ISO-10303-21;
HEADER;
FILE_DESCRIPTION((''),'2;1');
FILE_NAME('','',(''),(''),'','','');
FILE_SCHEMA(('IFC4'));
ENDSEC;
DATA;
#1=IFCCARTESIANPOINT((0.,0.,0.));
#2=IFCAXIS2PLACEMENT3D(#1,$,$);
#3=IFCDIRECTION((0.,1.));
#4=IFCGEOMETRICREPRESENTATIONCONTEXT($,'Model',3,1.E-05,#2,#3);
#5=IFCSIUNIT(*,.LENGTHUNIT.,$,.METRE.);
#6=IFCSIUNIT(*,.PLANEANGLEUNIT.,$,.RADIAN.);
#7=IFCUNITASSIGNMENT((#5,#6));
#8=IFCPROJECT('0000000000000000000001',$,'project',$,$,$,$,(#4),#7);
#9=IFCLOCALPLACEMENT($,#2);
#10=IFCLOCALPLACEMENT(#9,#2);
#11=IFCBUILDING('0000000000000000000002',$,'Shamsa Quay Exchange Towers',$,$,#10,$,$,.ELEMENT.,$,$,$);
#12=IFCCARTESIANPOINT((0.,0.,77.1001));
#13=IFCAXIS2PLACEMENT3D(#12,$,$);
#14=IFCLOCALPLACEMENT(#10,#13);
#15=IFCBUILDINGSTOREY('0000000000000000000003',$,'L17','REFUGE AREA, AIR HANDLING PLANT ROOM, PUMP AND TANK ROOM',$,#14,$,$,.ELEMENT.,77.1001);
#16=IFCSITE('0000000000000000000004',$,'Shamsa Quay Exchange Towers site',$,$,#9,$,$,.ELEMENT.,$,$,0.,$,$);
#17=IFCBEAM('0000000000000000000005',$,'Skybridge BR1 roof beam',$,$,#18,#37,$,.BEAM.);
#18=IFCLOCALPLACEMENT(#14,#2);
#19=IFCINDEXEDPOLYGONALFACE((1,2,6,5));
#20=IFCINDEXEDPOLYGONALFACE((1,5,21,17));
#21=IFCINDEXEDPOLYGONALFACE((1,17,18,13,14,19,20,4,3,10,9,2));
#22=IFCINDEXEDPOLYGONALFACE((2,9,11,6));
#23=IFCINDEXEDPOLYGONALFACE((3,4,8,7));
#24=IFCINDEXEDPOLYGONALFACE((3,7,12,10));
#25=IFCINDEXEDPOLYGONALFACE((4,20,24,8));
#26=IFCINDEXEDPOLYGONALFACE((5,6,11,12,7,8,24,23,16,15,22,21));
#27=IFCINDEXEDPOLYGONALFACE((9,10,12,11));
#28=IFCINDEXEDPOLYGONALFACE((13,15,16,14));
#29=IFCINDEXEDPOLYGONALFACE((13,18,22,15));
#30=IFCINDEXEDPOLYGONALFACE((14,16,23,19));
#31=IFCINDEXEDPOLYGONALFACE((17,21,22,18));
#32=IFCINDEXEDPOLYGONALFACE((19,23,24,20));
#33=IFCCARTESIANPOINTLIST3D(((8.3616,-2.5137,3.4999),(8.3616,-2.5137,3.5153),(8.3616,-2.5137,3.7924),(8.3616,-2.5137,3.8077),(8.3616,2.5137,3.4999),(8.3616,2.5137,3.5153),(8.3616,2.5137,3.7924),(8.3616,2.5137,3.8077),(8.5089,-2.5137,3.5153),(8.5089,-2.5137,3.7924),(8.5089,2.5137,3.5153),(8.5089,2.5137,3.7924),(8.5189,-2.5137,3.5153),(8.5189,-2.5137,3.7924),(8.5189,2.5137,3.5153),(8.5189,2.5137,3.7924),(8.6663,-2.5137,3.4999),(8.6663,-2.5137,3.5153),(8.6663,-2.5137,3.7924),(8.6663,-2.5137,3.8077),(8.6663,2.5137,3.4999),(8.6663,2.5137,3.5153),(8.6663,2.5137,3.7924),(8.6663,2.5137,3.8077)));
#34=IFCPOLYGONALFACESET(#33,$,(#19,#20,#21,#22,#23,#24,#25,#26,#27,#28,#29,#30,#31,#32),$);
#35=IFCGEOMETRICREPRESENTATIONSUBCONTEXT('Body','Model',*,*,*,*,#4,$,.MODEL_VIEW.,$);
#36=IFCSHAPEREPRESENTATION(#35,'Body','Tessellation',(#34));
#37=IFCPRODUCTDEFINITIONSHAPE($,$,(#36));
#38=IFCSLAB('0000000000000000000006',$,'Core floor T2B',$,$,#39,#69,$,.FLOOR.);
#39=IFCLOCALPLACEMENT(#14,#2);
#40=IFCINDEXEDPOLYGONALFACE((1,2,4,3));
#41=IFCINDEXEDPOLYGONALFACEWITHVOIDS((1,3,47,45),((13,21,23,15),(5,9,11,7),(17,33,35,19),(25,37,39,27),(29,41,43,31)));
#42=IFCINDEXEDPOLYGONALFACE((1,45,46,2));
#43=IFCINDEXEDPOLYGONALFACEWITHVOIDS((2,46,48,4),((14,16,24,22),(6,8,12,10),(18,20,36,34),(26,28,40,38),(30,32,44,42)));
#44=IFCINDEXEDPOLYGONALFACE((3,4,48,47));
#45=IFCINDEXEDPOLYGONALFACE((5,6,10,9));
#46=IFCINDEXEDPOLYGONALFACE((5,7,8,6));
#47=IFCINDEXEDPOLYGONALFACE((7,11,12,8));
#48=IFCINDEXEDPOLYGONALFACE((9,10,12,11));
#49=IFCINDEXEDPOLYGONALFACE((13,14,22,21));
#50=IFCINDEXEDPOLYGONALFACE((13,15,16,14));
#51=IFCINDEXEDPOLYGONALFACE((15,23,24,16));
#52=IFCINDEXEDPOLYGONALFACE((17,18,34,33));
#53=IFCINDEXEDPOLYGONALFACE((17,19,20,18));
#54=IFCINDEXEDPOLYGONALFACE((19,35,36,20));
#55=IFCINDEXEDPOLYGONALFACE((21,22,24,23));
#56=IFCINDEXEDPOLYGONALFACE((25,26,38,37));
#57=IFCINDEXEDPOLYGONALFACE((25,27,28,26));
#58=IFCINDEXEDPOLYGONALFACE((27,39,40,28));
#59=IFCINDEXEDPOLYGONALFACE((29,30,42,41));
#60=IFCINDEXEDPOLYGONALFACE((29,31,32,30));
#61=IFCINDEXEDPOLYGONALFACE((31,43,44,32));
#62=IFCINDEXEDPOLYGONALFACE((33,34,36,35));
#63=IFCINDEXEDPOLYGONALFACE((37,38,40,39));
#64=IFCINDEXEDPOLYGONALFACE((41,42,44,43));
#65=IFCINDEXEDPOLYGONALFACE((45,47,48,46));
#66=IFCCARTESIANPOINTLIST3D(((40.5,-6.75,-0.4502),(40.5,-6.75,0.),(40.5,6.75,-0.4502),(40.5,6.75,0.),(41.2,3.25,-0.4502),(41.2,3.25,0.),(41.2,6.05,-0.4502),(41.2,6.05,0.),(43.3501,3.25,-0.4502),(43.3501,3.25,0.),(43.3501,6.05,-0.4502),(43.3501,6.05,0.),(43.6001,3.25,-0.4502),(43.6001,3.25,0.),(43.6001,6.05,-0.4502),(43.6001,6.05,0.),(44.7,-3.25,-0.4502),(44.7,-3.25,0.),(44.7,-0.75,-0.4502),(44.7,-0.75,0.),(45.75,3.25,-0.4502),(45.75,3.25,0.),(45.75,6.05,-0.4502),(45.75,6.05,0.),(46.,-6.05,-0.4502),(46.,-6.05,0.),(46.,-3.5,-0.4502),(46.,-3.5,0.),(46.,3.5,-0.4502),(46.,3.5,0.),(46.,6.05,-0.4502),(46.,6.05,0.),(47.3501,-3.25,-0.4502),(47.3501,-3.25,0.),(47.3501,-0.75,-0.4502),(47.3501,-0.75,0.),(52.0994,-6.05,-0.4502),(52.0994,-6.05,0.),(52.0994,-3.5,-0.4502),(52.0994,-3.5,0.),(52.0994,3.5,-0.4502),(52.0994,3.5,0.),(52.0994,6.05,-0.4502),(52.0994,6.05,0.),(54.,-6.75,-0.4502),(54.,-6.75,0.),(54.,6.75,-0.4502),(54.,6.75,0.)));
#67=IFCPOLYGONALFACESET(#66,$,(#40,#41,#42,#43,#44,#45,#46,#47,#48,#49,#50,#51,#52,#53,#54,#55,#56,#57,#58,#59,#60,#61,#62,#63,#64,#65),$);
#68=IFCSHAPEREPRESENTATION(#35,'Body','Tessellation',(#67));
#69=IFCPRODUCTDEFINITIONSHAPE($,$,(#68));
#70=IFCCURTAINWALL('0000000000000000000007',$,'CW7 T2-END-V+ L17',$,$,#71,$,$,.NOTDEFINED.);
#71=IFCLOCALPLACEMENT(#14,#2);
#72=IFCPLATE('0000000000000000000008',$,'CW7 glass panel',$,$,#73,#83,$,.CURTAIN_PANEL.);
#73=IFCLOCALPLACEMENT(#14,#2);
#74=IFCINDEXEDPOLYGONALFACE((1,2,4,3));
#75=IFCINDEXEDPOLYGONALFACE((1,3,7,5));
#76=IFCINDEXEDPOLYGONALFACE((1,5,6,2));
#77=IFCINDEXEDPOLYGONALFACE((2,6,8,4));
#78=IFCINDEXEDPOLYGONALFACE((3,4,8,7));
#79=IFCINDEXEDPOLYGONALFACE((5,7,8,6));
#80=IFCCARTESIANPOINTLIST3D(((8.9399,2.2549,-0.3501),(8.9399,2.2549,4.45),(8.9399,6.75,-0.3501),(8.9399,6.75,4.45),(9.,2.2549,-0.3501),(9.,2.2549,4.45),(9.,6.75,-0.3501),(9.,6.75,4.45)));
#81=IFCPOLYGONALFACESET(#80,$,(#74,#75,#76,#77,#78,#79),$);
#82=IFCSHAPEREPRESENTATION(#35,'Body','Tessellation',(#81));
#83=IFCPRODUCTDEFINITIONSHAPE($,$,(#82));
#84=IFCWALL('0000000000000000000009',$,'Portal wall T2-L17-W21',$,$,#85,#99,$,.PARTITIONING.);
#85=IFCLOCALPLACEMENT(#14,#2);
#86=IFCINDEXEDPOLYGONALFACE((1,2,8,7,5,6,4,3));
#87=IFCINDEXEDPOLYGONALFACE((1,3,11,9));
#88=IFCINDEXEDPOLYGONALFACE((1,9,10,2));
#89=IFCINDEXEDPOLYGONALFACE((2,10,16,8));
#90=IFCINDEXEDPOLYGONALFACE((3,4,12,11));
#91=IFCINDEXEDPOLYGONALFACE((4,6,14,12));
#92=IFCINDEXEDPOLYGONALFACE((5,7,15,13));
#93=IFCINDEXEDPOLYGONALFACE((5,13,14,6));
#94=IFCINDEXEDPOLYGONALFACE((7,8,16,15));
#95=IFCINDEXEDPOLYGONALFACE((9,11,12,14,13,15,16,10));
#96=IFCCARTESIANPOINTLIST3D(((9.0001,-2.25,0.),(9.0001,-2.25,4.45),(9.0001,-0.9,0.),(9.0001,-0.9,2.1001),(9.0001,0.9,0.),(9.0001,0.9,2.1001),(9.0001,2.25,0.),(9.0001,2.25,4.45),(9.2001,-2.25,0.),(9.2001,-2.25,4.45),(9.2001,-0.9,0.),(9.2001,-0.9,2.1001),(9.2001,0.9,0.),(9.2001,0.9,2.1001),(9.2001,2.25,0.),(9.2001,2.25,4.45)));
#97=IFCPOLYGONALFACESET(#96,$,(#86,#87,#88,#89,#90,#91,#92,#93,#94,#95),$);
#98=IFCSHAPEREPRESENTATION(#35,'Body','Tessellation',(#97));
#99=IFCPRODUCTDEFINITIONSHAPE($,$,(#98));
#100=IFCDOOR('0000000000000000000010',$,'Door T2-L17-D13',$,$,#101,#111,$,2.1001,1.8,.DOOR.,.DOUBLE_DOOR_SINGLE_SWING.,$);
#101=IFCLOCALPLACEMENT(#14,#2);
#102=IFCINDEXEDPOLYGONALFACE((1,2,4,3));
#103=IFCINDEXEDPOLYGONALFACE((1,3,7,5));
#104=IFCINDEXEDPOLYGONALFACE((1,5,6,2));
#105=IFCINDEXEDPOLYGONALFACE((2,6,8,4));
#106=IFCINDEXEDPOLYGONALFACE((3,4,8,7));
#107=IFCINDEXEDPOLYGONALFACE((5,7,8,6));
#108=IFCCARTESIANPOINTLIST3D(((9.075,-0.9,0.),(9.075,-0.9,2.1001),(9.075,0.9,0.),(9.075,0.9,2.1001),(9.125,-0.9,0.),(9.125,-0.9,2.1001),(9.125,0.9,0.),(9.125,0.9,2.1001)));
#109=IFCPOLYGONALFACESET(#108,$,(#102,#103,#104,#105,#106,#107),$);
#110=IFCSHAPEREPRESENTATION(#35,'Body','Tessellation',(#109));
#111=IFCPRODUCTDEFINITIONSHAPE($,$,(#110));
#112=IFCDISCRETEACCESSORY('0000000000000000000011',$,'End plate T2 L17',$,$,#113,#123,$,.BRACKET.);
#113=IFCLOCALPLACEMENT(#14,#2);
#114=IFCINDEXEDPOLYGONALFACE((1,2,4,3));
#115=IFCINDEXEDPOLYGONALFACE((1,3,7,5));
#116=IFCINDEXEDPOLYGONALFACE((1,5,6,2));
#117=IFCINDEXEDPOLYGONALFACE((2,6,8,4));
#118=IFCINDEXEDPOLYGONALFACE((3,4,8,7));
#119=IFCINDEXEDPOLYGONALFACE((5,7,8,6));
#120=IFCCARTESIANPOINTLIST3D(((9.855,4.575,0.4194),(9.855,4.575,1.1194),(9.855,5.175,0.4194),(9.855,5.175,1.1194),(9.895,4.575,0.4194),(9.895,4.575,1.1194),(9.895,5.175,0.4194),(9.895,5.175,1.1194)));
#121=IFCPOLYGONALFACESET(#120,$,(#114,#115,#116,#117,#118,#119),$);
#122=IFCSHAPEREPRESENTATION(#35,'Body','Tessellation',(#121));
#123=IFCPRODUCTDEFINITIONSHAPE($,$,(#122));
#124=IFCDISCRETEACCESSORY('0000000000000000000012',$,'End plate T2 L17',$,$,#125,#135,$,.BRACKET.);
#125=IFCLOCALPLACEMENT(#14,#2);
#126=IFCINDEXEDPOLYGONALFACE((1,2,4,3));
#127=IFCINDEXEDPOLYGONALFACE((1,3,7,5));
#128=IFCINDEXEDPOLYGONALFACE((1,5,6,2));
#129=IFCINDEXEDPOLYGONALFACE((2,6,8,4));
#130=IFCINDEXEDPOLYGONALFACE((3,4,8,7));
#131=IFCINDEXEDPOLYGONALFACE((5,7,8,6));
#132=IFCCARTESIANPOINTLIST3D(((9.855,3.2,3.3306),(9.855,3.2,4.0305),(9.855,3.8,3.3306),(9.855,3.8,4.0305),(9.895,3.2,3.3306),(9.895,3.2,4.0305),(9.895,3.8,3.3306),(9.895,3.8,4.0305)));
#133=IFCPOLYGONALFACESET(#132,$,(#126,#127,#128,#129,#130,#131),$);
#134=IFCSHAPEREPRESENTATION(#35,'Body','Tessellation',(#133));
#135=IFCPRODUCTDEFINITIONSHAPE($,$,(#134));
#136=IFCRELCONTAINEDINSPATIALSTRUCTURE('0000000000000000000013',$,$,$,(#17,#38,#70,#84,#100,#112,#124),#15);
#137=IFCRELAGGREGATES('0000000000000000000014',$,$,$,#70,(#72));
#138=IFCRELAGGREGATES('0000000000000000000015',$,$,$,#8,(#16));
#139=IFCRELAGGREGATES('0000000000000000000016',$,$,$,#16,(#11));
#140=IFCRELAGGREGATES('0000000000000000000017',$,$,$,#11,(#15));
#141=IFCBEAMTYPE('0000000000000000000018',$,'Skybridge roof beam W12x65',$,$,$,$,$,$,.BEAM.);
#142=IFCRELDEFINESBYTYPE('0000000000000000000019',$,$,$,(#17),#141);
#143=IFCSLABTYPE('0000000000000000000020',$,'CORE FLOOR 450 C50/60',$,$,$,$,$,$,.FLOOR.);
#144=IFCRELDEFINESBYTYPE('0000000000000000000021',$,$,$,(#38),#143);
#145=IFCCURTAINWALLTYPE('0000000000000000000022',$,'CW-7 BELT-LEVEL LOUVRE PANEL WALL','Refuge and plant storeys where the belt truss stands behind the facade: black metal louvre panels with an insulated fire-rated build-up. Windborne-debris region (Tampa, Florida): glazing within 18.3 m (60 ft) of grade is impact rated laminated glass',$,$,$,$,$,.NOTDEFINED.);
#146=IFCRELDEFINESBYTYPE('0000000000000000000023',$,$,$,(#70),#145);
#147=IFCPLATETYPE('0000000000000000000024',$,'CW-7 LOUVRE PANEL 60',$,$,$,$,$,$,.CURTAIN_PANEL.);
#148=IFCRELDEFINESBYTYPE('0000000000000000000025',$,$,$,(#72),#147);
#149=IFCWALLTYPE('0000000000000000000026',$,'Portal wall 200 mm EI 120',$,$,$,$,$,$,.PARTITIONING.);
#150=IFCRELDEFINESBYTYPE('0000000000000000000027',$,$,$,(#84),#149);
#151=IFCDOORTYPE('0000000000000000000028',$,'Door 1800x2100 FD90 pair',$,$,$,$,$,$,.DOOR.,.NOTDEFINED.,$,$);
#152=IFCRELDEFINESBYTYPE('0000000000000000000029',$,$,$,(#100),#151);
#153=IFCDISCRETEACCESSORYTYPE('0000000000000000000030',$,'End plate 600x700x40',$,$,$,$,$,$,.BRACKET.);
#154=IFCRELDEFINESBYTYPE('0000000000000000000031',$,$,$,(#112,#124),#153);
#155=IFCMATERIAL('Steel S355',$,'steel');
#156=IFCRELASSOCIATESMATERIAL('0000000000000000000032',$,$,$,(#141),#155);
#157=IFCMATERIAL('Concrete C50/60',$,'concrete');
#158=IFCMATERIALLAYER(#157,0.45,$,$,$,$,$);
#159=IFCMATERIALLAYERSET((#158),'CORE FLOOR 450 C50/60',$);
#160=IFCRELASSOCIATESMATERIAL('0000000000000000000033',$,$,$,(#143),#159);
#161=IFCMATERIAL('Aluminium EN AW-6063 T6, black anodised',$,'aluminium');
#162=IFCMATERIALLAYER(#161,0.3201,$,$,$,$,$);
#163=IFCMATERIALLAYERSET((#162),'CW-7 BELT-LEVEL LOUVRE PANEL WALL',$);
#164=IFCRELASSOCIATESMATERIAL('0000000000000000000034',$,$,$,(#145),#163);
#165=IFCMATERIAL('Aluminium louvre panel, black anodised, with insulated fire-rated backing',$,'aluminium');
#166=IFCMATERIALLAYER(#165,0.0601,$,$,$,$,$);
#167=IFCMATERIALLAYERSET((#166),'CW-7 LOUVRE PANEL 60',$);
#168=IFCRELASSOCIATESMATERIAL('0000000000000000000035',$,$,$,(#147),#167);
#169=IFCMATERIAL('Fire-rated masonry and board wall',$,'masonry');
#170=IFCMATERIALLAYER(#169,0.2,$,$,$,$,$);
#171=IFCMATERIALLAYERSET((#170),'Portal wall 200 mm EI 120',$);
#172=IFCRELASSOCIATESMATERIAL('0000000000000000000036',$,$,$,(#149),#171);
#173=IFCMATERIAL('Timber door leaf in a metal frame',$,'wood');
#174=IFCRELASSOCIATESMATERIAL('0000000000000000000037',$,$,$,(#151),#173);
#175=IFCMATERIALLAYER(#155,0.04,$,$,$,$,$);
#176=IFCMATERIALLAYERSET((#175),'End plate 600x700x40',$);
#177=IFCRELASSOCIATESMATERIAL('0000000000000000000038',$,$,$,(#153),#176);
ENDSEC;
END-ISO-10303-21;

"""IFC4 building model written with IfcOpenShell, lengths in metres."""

from ifc_helpers import new_model, si_unit, direction, frame, frame_2d, origin, origin_2d, place, context, subcontext, project, spatial, polyline, rectangle, i_section, outline, extrude, material, layer, layer_set, material_profile, profile_set, type_object, element, fill, aggregate, save


model = new_model("IFC4")

# Units and contexts
model_context = context("Model", 3, precision=1e-05, world=origin(), true_north=direction((0.0, 1.0)))
body_context = subcontext(model_context, "Body", "Model", "MODEL_VIEW")
ifc_project = project(units=[si_unit("LENGTHUNIT", "METRE"), si_unit("PLANEANGLEUNIT", "RADIAN")], contexts=[model_context])

# Site, building, storey
site_placement = place(None, origin())
site = spatial("IfcSite", under=ifc_project, at=site_placement, Name="Shamsa Quay Exchange Towers site", CompositionType="ELEMENT", RefElevation=0.0)
building_placement = place(site_placement, origin())
building = spatial("IfcBuilding", under=site, at=building_placement, Name="Shamsa Quay Exchange Towers", CompositionType="ELEMENT")
storey_placement = place(building_placement, frame((0.0, 0.0, 77.1001)))
storey = spatial("IfcBuildingStorey", under=building, at=storey_placement, Name="L17", Description="REFUGE AREA, AIR HANDLING PLANT ROOM, PUMP AND TANK ROOM", CompositionType="ELEMENT", Elevation=77.1001)

# Shared definitions
ifc_material_1 = material(Name="Steel S355", Category="steel")

# Beam
ifc_material_profile_1 = material_profile(ifc_material_1, i_section(OverallWidth=0.3047, OverallDepth=0.3079, WebThickness=0.01, FlangeThickness=0.0154, at=origin_2d()), Name="W12x65")
ifc_profile_set_1 = profile_set([ifc_material_profile_1], Name="Steel S355")
beam_type_1 = type_object("IfcBeamType", Name="Skybridge roof beam W12x65", PredefinedType="BEAM", material=ifc_profile_set_1)
for number, where, z_axis, x_axis, name in (
    (1, (8.5139, -2.5137, 3.6538), (0.0, 1.0, 0.0), (-1.0, 0.0, 0.0), "Skybridge BR1 roof beam"),
):
    element("IfcBeam", number, at=place(storey_placement, frame(where, z_axis=z_axis, x_axis=x_axis)), inside=storey, type_object=beam_type_1, Name=name, PredefinedType="BEAM", context=body_context, shape_type="SweptSolid", body=[
        extrude(i_section(OverallWidth=0.3047, OverallDepth=0.3079, WebThickness=0.01, FlangeThickness=0.0154, at=origin_2d()), origin(), (0.0, 0.0, 1.0), 5.0273),
    ])

# Slab
ifc_material_2 = material(Name="Concrete C50/60", Category="concrete")
ifc_layer_1 = layer(ifc_material_2, 0.45)
ifc_layer_set_1 = layer_set([ifc_layer_1], Name="CORE FLOOR 450 C50/60")
slab_type = type_object("IfcSlabType", Name="CORE FLOOR 450 C50/60", PredefinedType="FLOOR", material=ifc_layer_set_1)
slab_placement = place(storey_placement, frame((0.0, 0.0, -0.4502)))
element("IfcSlab", 2, at=slab_placement, inside=storey, type_object=slab_type, Name="Core floor T2B", PredefinedType="FLOOR", context=body_context, shape_type="SweptSolid", body=[
    extrude(outline(polyline([(54.0, -6.75), (54.0, 6.75), (40.5, 6.75), (40.5, -6.75), (54.0, -6.75)]), holes=[polyline([(52.0994, -3.5), (52.0994, -6.05), (46.0, -6.05), (46.0, -3.5), (52.0994, -3.5)]), polyline([(52.0994, 6.05), (52.0994, 3.5), (46.0, 3.5), (46.0, 6.05), (52.0994, 6.05)]), polyline([(45.75, 3.25), (43.6001, 3.25), (43.6001, 6.05), (45.75, 6.05), (45.75, 3.25)]), polyline([(43.3501, 3.25), (41.2, 3.25), (41.2, 6.05), (43.3501, 6.05), (43.3501, 3.25)]), polyline([(47.3501, -3.25), (44.7, -3.25), (44.7, -0.75), (47.3501, -0.75), (47.3501, -3.25)])]), origin(), (0.0, 0.0, 1.0), 0.4502),
])

# Curtain wall, plate
ifc_material_3 = material(Name="Aluminium EN AW-6063 T6, black anodised", Category="aluminium")
ifc_layer_2 = layer(ifc_material_3, 0.3201)
ifc_layer_set_2 = layer_set([ifc_layer_2], Name="CW-7 BELT-LEVEL LOUVRE PANEL WALL")
curtain_wall_type = type_object("IfcCurtainWallType", Name="CW-7 BELT-LEVEL LOUVRE PANEL WALL", Description="Refuge and plant storeys where the belt truss stands behind the facade: black metal louvre panels with an insulated fire-rated build-up. Windborne-debris region (Tampa, Florida): glazing within 18.3 m (60 ft) of grade is impact rated laminated glass", PredefinedType="NOTDEFINED", material=ifc_layer_set_2)
curtain_wall_placement = place(storey_placement, origin())
curtain_wall = element("IfcCurtainWall", 3, at=curtain_wall_placement, inside=storey, type_object=curtain_wall_type, Name="CW7 T2-END-V+ L17", PredefinedType="NOTDEFINED")
ifc_material_4 = material(Name="Aluminium louvre panel, black anodised, with insulated fire-rated backing", Category="aluminium")
ifc_layer_3 = layer(ifc_material_4, 0.0601)
ifc_layer_set_3 = layer_set([ifc_layer_3], Name="CW-7 LOUVRE PANEL 60")
plate_type = type_object("IfcPlateType", Name="CW-7 LOUVRE PANEL 60", PredefinedType="CURTAIN_PANEL", material=ifc_layer_set_3)
plate_placement = place(storey_placement, frame((8.97, 4.5024, -0.3501), z_axis=(0.0, 0.0, 1.0), x_axis=(0.0, -1.0, 0.0)))
plate = element("IfcPlate", 4, at=plate_placement, type_object=plate_type, Name="CW7 glass panel", PredefinedType="CURTAIN_PANEL", context=body_context, shape_type="SweptSolid", body=[
    extrude(rectangle(XDim=4.4951, YDim=0.0601, at=origin_2d()), origin(), (0.0, 0.0, 1.0), 4.8),
])
aggregate(curtain_wall, [plate])

# Wall, opening, door
ifc_material_5 = material(Name="Fire-rated masonry and board wall", Category="masonry")
ifc_layer_4 = layer(ifc_material_5, 0.2)
ifc_layer_set_4 = layer_set([ifc_layer_4], Name="Portal wall 200 mm EI 120")
wall_type = type_object("IfcWallType", Name="Portal wall 200 mm EI 120", PredefinedType="PARTITIONING", material=ifc_layer_set_4)
wall_placement = place(storey_placement, frame((9.1001, 2.25, 0.0), z_axis=(0.0, 0.0, 1.0), x_axis=(0.0, -1.0, 0.0)))
wall = element("IfcWall", 5, at=wall_placement, inside=storey, type_object=wall_type, Name="Portal wall T2-L17-W21", PredefinedType="PARTITIONING", context=body_context, shape_type="SweptSolid", body=[
    extrude(rectangle(XDim=4.5, YDim=0.2, at=frame_2d((2.25, 0.0))), origin(), (0.0, 0.0, 1.0), 4.45),
])
opening_placement = place(wall_placement, frame((1.3501, 0.0, 0.0)))
opening = element("IfcOpeningElement", 6, at=opening_placement, cuts=wall, PredefinedType="OPENING", context=body_context, shape_type="SweptSolid", body=[
    extrude(rectangle(XDim=1.8, YDim=2.1001, at=frame_2d((0.8999, 1.05))), frame((0.0, 0.1099, 0.0), z_axis=(0.0, -1.0, 0.0), x_axis=(1.0, 0.0, 0.0)), (0.0, 0.0, 1.0), 0.22),
])
ifc_material_6 = material(Name="Timber door leaf in a metal frame", Category="wood")
door_type = type_object("IfcDoorType", Name="Door 1800x2100 FD90 pair", OperationType="NOTDEFINED", PredefinedType="DOOR", material=ifc_material_6)
door_placement = place(opening_placement, origin())
door = element("IfcDoor", 7, at=door_placement, inside=storey, type_object=door_type, Name="Door T2-L17-D13", OperationType="DOUBLE_DOOR_SINGLE_SWING", OverallHeight=2.1001, OverallWidth=1.8, PredefinedType="DOOR", context=body_context, shape_type="SweptSolid", body=[
    extrude(rectangle(XDim=1.8, YDim=2.1001, at=frame_2d((0.8999, 1.05))), frame((0.0, 0.0249, 0.0), z_axis=(0.0, -1.0, 0.0), x_axis=(1.0, 0.0, 0.0)), (0.0, 0.0, 1.0), 0.05),
])
fill(opening, door)

# Discrete accessories
ifc_layer_5 = layer(ifc_material_1, 0.04)
ifc_layer_set_5 = layer_set([ifc_layer_5], Name="End plate 600x700x40")
discrete_accessory_type = type_object("IfcDiscreteAccessoryType", Name="End plate 600x700x40", PredefinedType="BRACKET", material=ifc_layer_set_5)
for number, where, z_axis, x_axis, name in (
    (8, (9.875, 4.875, 0.4194), (0.0, 0.0, 1.0), (0.0, -1.0, 0.0), "End plate T2 L17"),
    (9, (9.875, 3.5, 3.3306), (0.0, 0.0, 1.0), (0.0, -1.0, 0.0), "End plate T2 L17"),
):
    element("IfcDiscreteAccessory", number, at=place(storey_placement, frame(where, z_axis=z_axis, x_axis=x_axis)), inside=storey, type_object=discrete_accessory_type, Name=name, PredefinedType="BRACKET", context=body_context, shape_type="SweptSolid", body=[
        extrude(rectangle(XDim=0.6001, YDim=0.04, at=origin_2d()), origin(), (0.0, 0.0, 1.0), 0.7),
    ])

save(model, "model.ifc")
